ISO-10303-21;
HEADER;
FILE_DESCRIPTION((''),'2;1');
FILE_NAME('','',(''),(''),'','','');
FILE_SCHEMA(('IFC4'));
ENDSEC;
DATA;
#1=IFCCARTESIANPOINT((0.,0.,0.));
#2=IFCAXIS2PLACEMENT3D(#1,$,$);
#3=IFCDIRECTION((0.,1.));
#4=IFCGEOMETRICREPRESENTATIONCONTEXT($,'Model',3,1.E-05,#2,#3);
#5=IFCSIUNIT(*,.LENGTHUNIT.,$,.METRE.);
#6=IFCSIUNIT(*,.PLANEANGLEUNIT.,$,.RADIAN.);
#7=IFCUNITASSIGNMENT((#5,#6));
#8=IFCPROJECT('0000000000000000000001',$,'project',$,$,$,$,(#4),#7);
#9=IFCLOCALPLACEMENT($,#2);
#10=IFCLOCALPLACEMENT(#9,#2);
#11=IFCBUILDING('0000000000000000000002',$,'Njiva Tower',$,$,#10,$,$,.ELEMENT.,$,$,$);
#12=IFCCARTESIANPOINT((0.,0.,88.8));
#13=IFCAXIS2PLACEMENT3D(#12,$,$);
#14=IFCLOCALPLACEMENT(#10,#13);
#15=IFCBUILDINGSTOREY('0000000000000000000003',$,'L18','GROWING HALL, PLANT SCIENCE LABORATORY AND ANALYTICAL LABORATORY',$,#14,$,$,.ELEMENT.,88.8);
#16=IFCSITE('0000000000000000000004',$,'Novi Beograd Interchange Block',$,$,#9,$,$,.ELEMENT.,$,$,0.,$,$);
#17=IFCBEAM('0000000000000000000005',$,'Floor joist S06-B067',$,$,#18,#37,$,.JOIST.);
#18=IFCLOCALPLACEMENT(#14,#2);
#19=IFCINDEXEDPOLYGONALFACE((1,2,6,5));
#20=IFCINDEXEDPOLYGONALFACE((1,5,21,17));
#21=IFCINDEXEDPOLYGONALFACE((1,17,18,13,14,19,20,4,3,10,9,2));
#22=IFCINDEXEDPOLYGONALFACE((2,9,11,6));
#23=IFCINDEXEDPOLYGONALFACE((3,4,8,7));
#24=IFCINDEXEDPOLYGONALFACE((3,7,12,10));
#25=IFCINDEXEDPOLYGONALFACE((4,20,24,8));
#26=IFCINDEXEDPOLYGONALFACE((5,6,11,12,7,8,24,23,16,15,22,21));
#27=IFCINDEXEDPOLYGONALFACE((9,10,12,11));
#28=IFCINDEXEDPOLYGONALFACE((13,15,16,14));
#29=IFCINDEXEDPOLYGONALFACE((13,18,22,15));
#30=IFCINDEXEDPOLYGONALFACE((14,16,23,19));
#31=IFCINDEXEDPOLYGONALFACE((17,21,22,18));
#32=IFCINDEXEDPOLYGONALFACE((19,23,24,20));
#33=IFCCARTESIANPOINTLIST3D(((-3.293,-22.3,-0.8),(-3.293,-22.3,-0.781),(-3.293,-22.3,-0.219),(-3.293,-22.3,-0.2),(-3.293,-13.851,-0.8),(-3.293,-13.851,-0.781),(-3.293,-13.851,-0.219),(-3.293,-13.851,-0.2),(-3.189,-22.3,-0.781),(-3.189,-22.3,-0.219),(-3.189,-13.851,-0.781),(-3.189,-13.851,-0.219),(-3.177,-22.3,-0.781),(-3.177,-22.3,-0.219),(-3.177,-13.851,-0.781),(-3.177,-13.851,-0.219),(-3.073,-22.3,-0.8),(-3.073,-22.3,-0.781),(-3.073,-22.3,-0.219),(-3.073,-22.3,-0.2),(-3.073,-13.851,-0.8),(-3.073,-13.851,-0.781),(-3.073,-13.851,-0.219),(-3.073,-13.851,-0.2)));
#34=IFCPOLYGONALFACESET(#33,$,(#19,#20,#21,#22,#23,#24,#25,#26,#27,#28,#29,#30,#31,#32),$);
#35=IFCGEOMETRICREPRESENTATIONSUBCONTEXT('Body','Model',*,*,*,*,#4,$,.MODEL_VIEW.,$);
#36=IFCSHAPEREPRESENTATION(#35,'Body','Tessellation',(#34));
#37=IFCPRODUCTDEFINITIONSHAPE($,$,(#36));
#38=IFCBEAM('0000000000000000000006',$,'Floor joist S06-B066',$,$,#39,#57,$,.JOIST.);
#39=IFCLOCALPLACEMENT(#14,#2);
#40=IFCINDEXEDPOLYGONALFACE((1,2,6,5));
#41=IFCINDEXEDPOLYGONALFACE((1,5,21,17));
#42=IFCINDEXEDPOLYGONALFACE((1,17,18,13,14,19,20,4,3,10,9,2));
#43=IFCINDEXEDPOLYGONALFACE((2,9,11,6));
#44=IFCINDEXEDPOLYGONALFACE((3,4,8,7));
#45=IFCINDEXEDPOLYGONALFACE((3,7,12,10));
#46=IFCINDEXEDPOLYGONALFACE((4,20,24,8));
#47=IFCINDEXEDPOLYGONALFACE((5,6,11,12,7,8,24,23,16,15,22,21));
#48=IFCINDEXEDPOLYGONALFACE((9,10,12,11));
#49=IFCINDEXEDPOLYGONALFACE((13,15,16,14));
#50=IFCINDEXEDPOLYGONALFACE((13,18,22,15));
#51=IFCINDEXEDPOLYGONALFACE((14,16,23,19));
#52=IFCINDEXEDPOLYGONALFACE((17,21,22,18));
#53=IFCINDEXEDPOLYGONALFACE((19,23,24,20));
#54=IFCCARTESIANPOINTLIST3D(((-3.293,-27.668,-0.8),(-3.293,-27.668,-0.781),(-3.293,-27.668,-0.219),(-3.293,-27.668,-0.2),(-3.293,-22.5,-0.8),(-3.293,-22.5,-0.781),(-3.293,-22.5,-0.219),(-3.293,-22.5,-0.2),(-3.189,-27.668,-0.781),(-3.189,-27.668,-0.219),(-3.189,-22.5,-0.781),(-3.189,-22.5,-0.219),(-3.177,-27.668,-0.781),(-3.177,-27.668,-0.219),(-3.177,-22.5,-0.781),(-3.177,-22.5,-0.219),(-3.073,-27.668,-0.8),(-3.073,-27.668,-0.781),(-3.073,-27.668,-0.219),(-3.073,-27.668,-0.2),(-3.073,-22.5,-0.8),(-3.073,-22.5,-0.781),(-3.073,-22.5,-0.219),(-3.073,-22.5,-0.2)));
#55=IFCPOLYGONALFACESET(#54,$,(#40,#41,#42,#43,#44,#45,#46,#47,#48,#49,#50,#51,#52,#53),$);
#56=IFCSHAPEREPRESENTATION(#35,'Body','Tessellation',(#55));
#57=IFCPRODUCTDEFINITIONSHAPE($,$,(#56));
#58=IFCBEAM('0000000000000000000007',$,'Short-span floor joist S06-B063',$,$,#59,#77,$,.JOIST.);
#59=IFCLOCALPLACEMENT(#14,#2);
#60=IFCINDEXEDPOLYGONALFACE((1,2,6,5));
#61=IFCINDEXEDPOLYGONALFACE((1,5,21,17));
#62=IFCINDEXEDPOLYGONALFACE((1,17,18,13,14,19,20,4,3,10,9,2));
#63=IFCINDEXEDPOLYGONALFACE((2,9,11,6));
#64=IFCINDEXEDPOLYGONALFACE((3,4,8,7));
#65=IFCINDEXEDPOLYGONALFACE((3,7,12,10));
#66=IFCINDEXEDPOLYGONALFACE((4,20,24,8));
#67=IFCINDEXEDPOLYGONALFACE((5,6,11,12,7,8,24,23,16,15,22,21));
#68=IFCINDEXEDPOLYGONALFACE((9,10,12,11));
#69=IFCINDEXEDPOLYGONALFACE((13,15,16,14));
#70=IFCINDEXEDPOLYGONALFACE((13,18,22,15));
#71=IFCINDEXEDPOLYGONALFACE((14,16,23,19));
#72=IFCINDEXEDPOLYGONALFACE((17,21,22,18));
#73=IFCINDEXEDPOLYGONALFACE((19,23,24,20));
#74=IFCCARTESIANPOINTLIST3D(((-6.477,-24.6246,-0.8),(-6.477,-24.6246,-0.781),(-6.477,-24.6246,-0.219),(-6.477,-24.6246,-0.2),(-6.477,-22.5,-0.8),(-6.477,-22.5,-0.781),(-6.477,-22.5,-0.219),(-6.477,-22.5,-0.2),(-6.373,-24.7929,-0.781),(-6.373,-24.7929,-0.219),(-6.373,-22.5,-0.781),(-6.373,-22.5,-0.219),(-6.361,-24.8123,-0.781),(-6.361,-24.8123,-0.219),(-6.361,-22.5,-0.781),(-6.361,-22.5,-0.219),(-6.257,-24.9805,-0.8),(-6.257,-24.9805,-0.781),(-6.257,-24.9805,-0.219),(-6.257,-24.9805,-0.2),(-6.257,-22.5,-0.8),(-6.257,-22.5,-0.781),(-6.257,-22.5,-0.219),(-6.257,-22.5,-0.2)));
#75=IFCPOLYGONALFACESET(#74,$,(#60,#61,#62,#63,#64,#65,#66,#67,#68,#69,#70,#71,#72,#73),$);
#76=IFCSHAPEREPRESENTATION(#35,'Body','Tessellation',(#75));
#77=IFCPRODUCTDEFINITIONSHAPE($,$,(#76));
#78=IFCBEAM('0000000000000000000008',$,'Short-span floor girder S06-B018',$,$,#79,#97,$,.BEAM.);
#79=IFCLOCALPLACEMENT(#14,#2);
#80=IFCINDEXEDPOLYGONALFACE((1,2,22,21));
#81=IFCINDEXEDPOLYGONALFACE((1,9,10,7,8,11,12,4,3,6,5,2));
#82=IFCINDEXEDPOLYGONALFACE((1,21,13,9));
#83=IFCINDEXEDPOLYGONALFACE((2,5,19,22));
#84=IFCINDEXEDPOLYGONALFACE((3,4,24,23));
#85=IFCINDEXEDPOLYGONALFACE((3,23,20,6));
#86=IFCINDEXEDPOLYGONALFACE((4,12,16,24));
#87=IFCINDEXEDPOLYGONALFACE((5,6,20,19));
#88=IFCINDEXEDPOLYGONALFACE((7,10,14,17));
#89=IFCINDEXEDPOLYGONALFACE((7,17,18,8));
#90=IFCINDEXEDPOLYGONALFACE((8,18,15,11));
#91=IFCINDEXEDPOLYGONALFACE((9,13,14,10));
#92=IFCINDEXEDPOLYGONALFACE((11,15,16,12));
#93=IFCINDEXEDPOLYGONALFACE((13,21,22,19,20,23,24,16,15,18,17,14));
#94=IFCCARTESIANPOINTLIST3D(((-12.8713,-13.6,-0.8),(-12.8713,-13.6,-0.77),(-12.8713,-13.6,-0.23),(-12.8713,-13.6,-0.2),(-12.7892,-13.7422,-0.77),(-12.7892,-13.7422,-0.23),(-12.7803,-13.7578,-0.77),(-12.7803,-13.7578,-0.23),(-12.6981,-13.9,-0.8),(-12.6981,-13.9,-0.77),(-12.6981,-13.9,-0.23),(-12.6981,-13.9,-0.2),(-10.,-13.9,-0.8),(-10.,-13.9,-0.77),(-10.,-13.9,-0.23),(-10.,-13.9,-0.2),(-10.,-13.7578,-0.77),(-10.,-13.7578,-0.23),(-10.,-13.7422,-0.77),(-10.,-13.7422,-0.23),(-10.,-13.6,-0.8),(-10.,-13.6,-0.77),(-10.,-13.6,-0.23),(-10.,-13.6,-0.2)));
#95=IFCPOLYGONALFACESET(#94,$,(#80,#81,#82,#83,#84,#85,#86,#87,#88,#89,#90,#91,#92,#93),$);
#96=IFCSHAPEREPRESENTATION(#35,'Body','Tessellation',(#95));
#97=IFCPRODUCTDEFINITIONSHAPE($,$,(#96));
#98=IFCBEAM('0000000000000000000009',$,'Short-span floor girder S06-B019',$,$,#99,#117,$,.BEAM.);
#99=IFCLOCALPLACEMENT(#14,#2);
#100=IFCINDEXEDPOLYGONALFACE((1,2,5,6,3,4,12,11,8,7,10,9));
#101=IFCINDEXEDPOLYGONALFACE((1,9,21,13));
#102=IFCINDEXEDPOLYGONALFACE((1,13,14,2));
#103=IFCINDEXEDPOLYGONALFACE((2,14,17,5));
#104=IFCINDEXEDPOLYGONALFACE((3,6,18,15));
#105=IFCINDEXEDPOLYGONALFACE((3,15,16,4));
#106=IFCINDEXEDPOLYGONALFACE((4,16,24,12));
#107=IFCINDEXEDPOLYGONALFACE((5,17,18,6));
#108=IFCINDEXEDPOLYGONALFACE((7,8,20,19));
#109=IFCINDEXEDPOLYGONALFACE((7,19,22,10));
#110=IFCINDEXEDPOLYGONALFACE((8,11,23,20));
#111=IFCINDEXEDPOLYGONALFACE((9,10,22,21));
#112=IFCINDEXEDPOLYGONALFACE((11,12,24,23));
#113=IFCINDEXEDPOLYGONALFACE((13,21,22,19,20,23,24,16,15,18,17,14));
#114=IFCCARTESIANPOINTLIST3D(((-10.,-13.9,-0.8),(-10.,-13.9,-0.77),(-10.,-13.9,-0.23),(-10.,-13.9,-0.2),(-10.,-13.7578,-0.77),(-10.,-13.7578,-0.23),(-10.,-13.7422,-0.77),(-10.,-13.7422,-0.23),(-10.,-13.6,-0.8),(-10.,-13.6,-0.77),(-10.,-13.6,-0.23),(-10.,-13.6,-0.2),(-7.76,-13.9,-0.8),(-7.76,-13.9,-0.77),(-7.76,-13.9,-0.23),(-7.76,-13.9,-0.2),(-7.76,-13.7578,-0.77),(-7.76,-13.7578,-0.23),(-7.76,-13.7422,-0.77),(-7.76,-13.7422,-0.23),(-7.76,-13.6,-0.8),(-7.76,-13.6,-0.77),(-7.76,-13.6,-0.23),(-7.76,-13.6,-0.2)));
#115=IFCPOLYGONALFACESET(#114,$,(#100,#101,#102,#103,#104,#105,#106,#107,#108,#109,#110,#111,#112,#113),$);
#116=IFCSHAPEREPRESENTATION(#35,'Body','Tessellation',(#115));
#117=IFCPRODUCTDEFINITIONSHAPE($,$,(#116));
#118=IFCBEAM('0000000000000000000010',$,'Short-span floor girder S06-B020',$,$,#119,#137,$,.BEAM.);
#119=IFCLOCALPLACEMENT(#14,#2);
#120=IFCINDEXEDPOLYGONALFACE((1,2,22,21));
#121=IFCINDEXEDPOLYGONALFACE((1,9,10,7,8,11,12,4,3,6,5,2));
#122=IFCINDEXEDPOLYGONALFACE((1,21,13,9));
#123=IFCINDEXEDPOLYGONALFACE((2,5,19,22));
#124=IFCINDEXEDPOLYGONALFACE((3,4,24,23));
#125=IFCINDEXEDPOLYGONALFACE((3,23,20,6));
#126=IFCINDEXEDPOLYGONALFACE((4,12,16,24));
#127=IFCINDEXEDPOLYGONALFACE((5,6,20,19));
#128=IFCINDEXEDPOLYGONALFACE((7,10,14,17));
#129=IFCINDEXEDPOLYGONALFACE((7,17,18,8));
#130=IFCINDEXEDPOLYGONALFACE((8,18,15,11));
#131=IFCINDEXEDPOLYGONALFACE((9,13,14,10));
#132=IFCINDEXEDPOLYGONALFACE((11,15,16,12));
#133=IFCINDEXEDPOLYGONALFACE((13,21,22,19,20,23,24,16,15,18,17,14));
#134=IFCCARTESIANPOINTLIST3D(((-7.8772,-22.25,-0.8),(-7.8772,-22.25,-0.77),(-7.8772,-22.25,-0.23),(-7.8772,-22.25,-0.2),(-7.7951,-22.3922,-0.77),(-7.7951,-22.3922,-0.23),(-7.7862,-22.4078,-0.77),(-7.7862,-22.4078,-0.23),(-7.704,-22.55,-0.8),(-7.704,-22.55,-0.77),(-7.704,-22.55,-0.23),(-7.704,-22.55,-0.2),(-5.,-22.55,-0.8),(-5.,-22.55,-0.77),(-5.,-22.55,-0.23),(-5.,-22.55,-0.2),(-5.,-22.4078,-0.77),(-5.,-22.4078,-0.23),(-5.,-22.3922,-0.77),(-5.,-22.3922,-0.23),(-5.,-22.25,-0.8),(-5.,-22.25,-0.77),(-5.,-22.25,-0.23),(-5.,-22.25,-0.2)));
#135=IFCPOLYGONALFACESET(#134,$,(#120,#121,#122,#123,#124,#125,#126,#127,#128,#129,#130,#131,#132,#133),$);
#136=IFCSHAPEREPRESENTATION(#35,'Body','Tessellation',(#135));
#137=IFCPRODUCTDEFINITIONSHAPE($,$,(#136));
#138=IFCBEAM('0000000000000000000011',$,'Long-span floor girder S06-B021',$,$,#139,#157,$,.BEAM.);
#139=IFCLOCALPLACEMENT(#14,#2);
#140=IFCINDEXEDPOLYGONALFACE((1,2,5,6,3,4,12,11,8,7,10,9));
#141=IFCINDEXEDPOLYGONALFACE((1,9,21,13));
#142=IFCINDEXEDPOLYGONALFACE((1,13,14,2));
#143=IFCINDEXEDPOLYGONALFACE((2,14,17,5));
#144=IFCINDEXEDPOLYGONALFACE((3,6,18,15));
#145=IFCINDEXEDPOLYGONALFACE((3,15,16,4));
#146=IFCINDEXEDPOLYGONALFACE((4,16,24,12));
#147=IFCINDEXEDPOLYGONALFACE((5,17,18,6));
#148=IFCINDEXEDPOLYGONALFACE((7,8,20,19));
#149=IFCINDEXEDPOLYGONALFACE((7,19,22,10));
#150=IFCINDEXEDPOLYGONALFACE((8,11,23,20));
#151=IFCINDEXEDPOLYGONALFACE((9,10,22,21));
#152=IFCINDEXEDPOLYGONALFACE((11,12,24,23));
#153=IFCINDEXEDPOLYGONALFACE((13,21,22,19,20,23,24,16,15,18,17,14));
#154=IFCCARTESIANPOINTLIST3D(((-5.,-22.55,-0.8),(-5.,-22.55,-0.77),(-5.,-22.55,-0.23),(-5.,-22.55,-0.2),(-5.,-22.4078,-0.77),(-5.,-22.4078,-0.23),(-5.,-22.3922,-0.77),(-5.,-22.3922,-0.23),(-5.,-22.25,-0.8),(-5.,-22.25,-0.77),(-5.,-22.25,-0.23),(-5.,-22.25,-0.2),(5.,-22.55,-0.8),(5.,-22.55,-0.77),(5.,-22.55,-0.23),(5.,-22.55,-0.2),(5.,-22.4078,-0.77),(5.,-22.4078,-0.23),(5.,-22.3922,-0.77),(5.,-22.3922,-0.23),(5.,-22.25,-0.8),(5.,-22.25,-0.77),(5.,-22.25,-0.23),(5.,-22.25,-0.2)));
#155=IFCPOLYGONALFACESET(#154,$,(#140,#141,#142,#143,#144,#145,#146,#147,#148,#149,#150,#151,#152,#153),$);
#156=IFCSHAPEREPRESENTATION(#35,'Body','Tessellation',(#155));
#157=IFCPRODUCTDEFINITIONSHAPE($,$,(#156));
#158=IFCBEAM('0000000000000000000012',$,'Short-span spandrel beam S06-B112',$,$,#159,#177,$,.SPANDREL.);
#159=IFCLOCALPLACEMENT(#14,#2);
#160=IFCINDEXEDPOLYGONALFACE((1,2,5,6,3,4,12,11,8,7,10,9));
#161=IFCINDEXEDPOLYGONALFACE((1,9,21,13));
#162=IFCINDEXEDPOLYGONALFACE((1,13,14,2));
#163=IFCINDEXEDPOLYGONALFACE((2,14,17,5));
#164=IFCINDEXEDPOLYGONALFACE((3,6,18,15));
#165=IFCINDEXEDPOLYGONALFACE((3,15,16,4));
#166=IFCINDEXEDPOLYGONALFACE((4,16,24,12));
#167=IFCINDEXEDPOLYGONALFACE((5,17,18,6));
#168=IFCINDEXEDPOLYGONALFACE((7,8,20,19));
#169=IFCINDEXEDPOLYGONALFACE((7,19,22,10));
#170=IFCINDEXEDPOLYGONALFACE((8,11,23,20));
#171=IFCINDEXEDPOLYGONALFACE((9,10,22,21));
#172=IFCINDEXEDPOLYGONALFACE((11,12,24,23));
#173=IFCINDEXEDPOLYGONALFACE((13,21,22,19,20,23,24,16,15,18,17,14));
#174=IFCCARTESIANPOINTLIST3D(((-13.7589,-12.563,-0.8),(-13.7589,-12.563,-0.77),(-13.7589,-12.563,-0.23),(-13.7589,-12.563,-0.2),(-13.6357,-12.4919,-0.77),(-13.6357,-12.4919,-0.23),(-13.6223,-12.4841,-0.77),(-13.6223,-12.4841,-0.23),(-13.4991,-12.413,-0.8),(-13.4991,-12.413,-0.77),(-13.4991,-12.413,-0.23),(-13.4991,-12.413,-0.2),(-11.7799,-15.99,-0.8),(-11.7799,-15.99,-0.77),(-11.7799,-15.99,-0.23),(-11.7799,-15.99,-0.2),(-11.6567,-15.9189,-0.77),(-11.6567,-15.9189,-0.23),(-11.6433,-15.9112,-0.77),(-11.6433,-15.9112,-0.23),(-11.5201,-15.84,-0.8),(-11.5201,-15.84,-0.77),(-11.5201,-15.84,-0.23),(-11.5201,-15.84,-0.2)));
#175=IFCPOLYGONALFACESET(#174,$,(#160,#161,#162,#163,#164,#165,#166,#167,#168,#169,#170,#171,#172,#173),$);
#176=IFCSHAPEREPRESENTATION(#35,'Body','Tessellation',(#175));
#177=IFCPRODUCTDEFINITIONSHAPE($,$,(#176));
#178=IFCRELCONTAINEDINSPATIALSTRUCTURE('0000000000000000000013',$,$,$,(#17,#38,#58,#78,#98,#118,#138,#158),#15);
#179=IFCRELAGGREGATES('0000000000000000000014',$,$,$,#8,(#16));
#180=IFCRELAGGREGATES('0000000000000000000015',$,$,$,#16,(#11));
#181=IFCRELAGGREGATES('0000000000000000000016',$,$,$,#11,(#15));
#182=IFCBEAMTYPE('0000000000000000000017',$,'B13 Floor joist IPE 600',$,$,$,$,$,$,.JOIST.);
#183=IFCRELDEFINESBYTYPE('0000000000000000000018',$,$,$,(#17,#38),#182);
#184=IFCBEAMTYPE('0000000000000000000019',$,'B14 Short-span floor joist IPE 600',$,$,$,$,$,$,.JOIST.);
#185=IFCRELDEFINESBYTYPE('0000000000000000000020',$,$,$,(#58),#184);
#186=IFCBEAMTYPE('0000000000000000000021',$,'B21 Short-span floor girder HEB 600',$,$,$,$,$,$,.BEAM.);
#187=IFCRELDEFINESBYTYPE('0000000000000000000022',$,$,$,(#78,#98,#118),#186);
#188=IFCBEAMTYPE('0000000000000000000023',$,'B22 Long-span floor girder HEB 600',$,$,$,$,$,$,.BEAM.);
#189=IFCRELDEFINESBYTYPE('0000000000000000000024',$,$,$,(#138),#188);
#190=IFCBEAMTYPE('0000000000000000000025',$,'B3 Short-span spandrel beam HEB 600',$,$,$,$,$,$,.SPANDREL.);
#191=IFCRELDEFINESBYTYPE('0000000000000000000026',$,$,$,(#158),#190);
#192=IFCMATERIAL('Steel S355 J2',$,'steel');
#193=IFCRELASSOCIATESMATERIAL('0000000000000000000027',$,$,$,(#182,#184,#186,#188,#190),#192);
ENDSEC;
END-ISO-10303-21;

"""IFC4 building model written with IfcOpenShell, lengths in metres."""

from ifc_helpers import new_model, si_unit, direction, frame, origin, origin_2d, place, context, subcontext, project, spatial, i_section, extrude, clip, halfspace, material, material_profile, profile_set, type_object, element, save


model = new_model("IFC4")

# Units and contexts
model_context = context("Model", 3, precision=1e-05, world=origin(), true_north=direction((0.0, 1.0)))
body_context = subcontext(model_context, "Body", "Model", "MODEL_VIEW")
ifc_project = project(units=[si_unit("LENGTHUNIT", "METRE"), si_unit("PLANEANGLEUNIT", "RADIAN")], contexts=[model_context])

# Site, building, storey
site_placement = place(None, origin())
site = spatial("IfcSite", under=ifc_project, at=site_placement, Name="Novi Beograd Interchange Block", CompositionType="ELEMENT", RefElevation=0.0)
building_placement = place(site_placement, origin())
building = spatial("IfcBuilding", under=site, at=building_placement, Name="Njiva Tower", CompositionType="ELEMENT")
storey_placement = place(building_placement, frame((0.0, 0.0, 88.8)))
storey = spatial("IfcBuildingStorey", under=building, at=storey_placement, Name="L18", Description="GROWING HALL, PLANT SCIENCE LABORATORY AND ANALYTICAL LABORATORY", CompositionType="ELEMENT", Elevation=88.8)

# Shared definitions
ifc_material_1 = material(Name="Steel S355 J2", Category="steel")

# Beams
ifc_material_profile_1 = material_profile(ifc_material_1, i_section(OverallWidth=0.22, OverallDepth=0.6, WebThickness=0.012, FlangeThickness=0.019, at=origin_2d()), Name="IPE 600")
ifc_profile_set_1 = profile_set([ifc_material_profile_1], Name="Steel S355 J2")
beam_type_1 = type_object("IfcBeamType", Name="B13 Floor joist IPE 600", PredefinedType="JOIST", material=ifc_profile_set_1)
for number, where, z_axis, x_axis, name in (
    (1, (-3.183, -13.851, -0.5), (0.0, -1.0, 0.0), (1.0, 0.0, 0.0), "Floor joist S06-B067"),
):
    element("IfcBeam", number, at=place(storey_placement, frame(where, z_axis=z_axis, x_axis=x_axis)), inside=storey, type_object=beam_type_1, Name=name, PredefinedType="JOIST", context=body_context, shape_type="SweptSolid", body=[
        extrude(i_section(OverallWidth=0.22, OverallDepth=0.6, WebThickness=0.012, FlangeThickness=0.019, at=origin_2d()), origin(), (0.0, 0.0, 1.0), 8.449),
    ])
beam_1_placement = place(storey_placement, frame((-3.183, -22.5, -0.5), z_axis=(0.0, -1.0, 0.0), x_axis=(1.0, 0.0, 0.0)))
element("IfcBeam", 2, at=beam_1_placement, inside=storey, type_object=beam_type_1, Name="Floor joist S06-B066", PredefinedType="JOIST", context=body_context, shape_type="SweptSolid", body=[
    extrude(i_section(OverallWidth=0.22, OverallDepth=0.6, WebThickness=0.012, FlangeThickness=0.019, at=origin_2d()), origin(), (0.0, 0.0, 1.0), 5.168),
])
ifc_material_profile_2 = material_profile(ifc_material_1, i_section(OverallWidth=0.22, OverallDepth=0.6, WebThickness=0.012, FlangeThickness=0.019, at=origin_2d()), Name="IPE 600")
ifc_profile_set_2 = profile_set([ifc_material_profile_2], Name="Steel S355 J2")
beam_type_2 = type_object("IfcBeamType", Name="B14 Short-span floor joist IPE 600", PredefinedType="JOIST", material=ifc_profile_set_2)
beam_2_placement = place(storey_placement, frame((-6.367, -22.5, -0.5), z_axis=(0.0, -1.0, 0.0), x_axis=(1.0, 0.0, 0.0)))
element("IfcBeam", 3, at=beam_2_placement, inside=storey, type_object=beam_type_2, Name="Short-span floor joist S06-B063", PredefinedType="JOIST", context=body_context, shape_type="Clipping", body=[
    clip(extrude(i_section(OverallWidth=0.22, OverallDepth=0.6, WebThickness=0.012, FlangeThickness=0.019, at=origin_2d()), origin(), (0.0, 0.0, 1.0), 2.501), halfspace(frame((-0.0422, 0.0, 2.2343), z_axis=(-0.850616, 0.0, 0.525788), x_axis=(0.0, 1.0, 0.0)), False)),
])
ifc_material_profile_3 = material_profile(ifc_material_1, i_section(OverallWidth=0.3, OverallDepth=0.6, WebThickness=0.0155, FlangeThickness=0.03, at=origin_2d()), Name="HEB 600")
ifc_profile_set_3 = profile_set([ifc_material_profile_3], Name="Steel S355 J2")
beam_type_3 = type_object("IfcBeamType", Name="B21 Short-span floor girder HEB 600", PredefinedType="BEAM", material=ifc_profile_set_3)
beam_3_placement = place(storey_placement, frame((-12.892, -13.75, -0.5), z_axis=(1.0, 0.0, 0.0), x_axis=(0.0, 1.0, 0.0)))
element("IfcBeam", 4, at=beam_3_placement, inside=storey, type_object=beam_type_3, Name="Short-span floor girder S06-B018", PredefinedType="BEAM", context=body_context, shape_type="Clipping", body=[
    clip(extrude(i_section(OverallWidth=0.3, OverallDepth=0.6, WebThickness=0.0155, FlangeThickness=0.03, at=origin_2d()), origin(), (0.0, 0.0, 1.0), 2.892), halfspace(frame((-0.025, 0.0, 0.1217), z_axis=(-0.499998, 0.0, -0.866027), x_axis=(0.0, -1.0, 0.0)), False)),
])
beam_4_placement = place(storey_placement, frame((-10.0, -13.75, -0.5), z_axis=(1.0, 0.0, 0.0), x_axis=(0.0, 1.0, 0.0)))
element("IfcBeam", 5, at=beam_4_placement, inside=storey, type_object=beam_type_3, Name="Short-span floor girder S06-B019", PredefinedType="BEAM", context=body_context, shape_type="SweptSolid", body=[
    extrude(i_section(OverallWidth=0.3, OverallDepth=0.6, WebThickness=0.0155, FlangeThickness=0.03, at=origin_2d()), origin(), (0.0, 0.0, 1.0), 2.24),
])
beam_5_placement = place(storey_placement, frame((-7.898, -22.4, -0.5), z_axis=(1.0, 0.0, 0.0), x_axis=(0.0, 1.0, 0.0)))
element("IfcBeam", 6, at=beam_5_placement, inside=storey, type_object=beam_type_3, Name="Short-span floor girder S06-B020", PredefinedType="BEAM", context=body_context, shape_type="Clipping", body=[
    clip(extrude(i_section(OverallWidth=0.3, OverallDepth=0.6, WebThickness=0.0155, FlangeThickness=0.03, at=origin_2d()), origin(), (0.0, 0.0, 1.0), 2.898), halfspace(frame((-0.025, 0.0, 0.1218), z_axis=(-0.499998, 0.0, -0.866027), x_axis=(0.0, -1.0, 0.0)), False)),
])
ifc_material_profile_4 = material_profile(ifc_material_1, i_section(OverallWidth=0.3, OverallDepth=0.6, WebThickness=0.0155, FlangeThickness=0.03, at=origin_2d()), Name="HEB 600")
ifc_profile_set_4 = profile_set([ifc_material_profile_4], Name="Steel S355 J2")
beam_type_4 = type_object("IfcBeamType", Name="B22 Long-span floor girder HEB 600", PredefinedType="BEAM", material=ifc_profile_set_4)
beam_6_placement = place(storey_placement, frame((-5.0, -22.4, -0.5), z_axis=(1.0, 0.0, 0.0), x_axis=(0.0, 1.0, 0.0)))
element("IfcBeam", 7, at=beam_6_placement, inside=storey, type_object=beam_type_4, Name="Long-span floor girder S06-B021", PredefinedType="BEAM", context=body_context, shape_type="SweptSolid", body=[
    extrude(i_section(OverallWidth=0.3, OverallDepth=0.6, WebThickness=0.0155, FlangeThickness=0.03, at=origin_2d()), origin(), (0.0, 0.0, 1.0), 10.0),
])
ifc_material_profile_5 = material_profile(ifc_material_1, i_section(OverallWidth=0.3, OverallDepth=0.6, WebThickness=0.0155, FlangeThickness=0.03, at=origin_2d()), Name="HEB 600")
ifc_profile_set_5 = profile_set([ifc_material_profile_5], Name="Steel S355 J2")
beam_type_5 = type_object("IfcBeamType", Name="B3 Short-span spandrel beam HEB 600", PredefinedType="SPANDREL", material=ifc_profile_set_5)
beam_7_placement = place(storey_placement, frame((-13.629, -12.488, -0.5), z_axis=(0.50008, -0.865979, 0.0), x_axis=(0.865979, 0.50008, 0.0)))
element("IfcBeam", 8, at=beam_7_placement, inside=storey, type_object=beam_type_5, Name="Short-span spandrel beam S06-B112", PredefinedType="SPANDREL", context=body_context, shape_type="SweptSolid", body=[
    extrude(i_section(OverallWidth=0.3, OverallDepth=0.6, WebThickness=0.0155, FlangeThickness=0.03, at=origin_2d()), origin(), (0.0, 0.0, 1.0), 3.9574),
])

save(model, "model.ifc")
